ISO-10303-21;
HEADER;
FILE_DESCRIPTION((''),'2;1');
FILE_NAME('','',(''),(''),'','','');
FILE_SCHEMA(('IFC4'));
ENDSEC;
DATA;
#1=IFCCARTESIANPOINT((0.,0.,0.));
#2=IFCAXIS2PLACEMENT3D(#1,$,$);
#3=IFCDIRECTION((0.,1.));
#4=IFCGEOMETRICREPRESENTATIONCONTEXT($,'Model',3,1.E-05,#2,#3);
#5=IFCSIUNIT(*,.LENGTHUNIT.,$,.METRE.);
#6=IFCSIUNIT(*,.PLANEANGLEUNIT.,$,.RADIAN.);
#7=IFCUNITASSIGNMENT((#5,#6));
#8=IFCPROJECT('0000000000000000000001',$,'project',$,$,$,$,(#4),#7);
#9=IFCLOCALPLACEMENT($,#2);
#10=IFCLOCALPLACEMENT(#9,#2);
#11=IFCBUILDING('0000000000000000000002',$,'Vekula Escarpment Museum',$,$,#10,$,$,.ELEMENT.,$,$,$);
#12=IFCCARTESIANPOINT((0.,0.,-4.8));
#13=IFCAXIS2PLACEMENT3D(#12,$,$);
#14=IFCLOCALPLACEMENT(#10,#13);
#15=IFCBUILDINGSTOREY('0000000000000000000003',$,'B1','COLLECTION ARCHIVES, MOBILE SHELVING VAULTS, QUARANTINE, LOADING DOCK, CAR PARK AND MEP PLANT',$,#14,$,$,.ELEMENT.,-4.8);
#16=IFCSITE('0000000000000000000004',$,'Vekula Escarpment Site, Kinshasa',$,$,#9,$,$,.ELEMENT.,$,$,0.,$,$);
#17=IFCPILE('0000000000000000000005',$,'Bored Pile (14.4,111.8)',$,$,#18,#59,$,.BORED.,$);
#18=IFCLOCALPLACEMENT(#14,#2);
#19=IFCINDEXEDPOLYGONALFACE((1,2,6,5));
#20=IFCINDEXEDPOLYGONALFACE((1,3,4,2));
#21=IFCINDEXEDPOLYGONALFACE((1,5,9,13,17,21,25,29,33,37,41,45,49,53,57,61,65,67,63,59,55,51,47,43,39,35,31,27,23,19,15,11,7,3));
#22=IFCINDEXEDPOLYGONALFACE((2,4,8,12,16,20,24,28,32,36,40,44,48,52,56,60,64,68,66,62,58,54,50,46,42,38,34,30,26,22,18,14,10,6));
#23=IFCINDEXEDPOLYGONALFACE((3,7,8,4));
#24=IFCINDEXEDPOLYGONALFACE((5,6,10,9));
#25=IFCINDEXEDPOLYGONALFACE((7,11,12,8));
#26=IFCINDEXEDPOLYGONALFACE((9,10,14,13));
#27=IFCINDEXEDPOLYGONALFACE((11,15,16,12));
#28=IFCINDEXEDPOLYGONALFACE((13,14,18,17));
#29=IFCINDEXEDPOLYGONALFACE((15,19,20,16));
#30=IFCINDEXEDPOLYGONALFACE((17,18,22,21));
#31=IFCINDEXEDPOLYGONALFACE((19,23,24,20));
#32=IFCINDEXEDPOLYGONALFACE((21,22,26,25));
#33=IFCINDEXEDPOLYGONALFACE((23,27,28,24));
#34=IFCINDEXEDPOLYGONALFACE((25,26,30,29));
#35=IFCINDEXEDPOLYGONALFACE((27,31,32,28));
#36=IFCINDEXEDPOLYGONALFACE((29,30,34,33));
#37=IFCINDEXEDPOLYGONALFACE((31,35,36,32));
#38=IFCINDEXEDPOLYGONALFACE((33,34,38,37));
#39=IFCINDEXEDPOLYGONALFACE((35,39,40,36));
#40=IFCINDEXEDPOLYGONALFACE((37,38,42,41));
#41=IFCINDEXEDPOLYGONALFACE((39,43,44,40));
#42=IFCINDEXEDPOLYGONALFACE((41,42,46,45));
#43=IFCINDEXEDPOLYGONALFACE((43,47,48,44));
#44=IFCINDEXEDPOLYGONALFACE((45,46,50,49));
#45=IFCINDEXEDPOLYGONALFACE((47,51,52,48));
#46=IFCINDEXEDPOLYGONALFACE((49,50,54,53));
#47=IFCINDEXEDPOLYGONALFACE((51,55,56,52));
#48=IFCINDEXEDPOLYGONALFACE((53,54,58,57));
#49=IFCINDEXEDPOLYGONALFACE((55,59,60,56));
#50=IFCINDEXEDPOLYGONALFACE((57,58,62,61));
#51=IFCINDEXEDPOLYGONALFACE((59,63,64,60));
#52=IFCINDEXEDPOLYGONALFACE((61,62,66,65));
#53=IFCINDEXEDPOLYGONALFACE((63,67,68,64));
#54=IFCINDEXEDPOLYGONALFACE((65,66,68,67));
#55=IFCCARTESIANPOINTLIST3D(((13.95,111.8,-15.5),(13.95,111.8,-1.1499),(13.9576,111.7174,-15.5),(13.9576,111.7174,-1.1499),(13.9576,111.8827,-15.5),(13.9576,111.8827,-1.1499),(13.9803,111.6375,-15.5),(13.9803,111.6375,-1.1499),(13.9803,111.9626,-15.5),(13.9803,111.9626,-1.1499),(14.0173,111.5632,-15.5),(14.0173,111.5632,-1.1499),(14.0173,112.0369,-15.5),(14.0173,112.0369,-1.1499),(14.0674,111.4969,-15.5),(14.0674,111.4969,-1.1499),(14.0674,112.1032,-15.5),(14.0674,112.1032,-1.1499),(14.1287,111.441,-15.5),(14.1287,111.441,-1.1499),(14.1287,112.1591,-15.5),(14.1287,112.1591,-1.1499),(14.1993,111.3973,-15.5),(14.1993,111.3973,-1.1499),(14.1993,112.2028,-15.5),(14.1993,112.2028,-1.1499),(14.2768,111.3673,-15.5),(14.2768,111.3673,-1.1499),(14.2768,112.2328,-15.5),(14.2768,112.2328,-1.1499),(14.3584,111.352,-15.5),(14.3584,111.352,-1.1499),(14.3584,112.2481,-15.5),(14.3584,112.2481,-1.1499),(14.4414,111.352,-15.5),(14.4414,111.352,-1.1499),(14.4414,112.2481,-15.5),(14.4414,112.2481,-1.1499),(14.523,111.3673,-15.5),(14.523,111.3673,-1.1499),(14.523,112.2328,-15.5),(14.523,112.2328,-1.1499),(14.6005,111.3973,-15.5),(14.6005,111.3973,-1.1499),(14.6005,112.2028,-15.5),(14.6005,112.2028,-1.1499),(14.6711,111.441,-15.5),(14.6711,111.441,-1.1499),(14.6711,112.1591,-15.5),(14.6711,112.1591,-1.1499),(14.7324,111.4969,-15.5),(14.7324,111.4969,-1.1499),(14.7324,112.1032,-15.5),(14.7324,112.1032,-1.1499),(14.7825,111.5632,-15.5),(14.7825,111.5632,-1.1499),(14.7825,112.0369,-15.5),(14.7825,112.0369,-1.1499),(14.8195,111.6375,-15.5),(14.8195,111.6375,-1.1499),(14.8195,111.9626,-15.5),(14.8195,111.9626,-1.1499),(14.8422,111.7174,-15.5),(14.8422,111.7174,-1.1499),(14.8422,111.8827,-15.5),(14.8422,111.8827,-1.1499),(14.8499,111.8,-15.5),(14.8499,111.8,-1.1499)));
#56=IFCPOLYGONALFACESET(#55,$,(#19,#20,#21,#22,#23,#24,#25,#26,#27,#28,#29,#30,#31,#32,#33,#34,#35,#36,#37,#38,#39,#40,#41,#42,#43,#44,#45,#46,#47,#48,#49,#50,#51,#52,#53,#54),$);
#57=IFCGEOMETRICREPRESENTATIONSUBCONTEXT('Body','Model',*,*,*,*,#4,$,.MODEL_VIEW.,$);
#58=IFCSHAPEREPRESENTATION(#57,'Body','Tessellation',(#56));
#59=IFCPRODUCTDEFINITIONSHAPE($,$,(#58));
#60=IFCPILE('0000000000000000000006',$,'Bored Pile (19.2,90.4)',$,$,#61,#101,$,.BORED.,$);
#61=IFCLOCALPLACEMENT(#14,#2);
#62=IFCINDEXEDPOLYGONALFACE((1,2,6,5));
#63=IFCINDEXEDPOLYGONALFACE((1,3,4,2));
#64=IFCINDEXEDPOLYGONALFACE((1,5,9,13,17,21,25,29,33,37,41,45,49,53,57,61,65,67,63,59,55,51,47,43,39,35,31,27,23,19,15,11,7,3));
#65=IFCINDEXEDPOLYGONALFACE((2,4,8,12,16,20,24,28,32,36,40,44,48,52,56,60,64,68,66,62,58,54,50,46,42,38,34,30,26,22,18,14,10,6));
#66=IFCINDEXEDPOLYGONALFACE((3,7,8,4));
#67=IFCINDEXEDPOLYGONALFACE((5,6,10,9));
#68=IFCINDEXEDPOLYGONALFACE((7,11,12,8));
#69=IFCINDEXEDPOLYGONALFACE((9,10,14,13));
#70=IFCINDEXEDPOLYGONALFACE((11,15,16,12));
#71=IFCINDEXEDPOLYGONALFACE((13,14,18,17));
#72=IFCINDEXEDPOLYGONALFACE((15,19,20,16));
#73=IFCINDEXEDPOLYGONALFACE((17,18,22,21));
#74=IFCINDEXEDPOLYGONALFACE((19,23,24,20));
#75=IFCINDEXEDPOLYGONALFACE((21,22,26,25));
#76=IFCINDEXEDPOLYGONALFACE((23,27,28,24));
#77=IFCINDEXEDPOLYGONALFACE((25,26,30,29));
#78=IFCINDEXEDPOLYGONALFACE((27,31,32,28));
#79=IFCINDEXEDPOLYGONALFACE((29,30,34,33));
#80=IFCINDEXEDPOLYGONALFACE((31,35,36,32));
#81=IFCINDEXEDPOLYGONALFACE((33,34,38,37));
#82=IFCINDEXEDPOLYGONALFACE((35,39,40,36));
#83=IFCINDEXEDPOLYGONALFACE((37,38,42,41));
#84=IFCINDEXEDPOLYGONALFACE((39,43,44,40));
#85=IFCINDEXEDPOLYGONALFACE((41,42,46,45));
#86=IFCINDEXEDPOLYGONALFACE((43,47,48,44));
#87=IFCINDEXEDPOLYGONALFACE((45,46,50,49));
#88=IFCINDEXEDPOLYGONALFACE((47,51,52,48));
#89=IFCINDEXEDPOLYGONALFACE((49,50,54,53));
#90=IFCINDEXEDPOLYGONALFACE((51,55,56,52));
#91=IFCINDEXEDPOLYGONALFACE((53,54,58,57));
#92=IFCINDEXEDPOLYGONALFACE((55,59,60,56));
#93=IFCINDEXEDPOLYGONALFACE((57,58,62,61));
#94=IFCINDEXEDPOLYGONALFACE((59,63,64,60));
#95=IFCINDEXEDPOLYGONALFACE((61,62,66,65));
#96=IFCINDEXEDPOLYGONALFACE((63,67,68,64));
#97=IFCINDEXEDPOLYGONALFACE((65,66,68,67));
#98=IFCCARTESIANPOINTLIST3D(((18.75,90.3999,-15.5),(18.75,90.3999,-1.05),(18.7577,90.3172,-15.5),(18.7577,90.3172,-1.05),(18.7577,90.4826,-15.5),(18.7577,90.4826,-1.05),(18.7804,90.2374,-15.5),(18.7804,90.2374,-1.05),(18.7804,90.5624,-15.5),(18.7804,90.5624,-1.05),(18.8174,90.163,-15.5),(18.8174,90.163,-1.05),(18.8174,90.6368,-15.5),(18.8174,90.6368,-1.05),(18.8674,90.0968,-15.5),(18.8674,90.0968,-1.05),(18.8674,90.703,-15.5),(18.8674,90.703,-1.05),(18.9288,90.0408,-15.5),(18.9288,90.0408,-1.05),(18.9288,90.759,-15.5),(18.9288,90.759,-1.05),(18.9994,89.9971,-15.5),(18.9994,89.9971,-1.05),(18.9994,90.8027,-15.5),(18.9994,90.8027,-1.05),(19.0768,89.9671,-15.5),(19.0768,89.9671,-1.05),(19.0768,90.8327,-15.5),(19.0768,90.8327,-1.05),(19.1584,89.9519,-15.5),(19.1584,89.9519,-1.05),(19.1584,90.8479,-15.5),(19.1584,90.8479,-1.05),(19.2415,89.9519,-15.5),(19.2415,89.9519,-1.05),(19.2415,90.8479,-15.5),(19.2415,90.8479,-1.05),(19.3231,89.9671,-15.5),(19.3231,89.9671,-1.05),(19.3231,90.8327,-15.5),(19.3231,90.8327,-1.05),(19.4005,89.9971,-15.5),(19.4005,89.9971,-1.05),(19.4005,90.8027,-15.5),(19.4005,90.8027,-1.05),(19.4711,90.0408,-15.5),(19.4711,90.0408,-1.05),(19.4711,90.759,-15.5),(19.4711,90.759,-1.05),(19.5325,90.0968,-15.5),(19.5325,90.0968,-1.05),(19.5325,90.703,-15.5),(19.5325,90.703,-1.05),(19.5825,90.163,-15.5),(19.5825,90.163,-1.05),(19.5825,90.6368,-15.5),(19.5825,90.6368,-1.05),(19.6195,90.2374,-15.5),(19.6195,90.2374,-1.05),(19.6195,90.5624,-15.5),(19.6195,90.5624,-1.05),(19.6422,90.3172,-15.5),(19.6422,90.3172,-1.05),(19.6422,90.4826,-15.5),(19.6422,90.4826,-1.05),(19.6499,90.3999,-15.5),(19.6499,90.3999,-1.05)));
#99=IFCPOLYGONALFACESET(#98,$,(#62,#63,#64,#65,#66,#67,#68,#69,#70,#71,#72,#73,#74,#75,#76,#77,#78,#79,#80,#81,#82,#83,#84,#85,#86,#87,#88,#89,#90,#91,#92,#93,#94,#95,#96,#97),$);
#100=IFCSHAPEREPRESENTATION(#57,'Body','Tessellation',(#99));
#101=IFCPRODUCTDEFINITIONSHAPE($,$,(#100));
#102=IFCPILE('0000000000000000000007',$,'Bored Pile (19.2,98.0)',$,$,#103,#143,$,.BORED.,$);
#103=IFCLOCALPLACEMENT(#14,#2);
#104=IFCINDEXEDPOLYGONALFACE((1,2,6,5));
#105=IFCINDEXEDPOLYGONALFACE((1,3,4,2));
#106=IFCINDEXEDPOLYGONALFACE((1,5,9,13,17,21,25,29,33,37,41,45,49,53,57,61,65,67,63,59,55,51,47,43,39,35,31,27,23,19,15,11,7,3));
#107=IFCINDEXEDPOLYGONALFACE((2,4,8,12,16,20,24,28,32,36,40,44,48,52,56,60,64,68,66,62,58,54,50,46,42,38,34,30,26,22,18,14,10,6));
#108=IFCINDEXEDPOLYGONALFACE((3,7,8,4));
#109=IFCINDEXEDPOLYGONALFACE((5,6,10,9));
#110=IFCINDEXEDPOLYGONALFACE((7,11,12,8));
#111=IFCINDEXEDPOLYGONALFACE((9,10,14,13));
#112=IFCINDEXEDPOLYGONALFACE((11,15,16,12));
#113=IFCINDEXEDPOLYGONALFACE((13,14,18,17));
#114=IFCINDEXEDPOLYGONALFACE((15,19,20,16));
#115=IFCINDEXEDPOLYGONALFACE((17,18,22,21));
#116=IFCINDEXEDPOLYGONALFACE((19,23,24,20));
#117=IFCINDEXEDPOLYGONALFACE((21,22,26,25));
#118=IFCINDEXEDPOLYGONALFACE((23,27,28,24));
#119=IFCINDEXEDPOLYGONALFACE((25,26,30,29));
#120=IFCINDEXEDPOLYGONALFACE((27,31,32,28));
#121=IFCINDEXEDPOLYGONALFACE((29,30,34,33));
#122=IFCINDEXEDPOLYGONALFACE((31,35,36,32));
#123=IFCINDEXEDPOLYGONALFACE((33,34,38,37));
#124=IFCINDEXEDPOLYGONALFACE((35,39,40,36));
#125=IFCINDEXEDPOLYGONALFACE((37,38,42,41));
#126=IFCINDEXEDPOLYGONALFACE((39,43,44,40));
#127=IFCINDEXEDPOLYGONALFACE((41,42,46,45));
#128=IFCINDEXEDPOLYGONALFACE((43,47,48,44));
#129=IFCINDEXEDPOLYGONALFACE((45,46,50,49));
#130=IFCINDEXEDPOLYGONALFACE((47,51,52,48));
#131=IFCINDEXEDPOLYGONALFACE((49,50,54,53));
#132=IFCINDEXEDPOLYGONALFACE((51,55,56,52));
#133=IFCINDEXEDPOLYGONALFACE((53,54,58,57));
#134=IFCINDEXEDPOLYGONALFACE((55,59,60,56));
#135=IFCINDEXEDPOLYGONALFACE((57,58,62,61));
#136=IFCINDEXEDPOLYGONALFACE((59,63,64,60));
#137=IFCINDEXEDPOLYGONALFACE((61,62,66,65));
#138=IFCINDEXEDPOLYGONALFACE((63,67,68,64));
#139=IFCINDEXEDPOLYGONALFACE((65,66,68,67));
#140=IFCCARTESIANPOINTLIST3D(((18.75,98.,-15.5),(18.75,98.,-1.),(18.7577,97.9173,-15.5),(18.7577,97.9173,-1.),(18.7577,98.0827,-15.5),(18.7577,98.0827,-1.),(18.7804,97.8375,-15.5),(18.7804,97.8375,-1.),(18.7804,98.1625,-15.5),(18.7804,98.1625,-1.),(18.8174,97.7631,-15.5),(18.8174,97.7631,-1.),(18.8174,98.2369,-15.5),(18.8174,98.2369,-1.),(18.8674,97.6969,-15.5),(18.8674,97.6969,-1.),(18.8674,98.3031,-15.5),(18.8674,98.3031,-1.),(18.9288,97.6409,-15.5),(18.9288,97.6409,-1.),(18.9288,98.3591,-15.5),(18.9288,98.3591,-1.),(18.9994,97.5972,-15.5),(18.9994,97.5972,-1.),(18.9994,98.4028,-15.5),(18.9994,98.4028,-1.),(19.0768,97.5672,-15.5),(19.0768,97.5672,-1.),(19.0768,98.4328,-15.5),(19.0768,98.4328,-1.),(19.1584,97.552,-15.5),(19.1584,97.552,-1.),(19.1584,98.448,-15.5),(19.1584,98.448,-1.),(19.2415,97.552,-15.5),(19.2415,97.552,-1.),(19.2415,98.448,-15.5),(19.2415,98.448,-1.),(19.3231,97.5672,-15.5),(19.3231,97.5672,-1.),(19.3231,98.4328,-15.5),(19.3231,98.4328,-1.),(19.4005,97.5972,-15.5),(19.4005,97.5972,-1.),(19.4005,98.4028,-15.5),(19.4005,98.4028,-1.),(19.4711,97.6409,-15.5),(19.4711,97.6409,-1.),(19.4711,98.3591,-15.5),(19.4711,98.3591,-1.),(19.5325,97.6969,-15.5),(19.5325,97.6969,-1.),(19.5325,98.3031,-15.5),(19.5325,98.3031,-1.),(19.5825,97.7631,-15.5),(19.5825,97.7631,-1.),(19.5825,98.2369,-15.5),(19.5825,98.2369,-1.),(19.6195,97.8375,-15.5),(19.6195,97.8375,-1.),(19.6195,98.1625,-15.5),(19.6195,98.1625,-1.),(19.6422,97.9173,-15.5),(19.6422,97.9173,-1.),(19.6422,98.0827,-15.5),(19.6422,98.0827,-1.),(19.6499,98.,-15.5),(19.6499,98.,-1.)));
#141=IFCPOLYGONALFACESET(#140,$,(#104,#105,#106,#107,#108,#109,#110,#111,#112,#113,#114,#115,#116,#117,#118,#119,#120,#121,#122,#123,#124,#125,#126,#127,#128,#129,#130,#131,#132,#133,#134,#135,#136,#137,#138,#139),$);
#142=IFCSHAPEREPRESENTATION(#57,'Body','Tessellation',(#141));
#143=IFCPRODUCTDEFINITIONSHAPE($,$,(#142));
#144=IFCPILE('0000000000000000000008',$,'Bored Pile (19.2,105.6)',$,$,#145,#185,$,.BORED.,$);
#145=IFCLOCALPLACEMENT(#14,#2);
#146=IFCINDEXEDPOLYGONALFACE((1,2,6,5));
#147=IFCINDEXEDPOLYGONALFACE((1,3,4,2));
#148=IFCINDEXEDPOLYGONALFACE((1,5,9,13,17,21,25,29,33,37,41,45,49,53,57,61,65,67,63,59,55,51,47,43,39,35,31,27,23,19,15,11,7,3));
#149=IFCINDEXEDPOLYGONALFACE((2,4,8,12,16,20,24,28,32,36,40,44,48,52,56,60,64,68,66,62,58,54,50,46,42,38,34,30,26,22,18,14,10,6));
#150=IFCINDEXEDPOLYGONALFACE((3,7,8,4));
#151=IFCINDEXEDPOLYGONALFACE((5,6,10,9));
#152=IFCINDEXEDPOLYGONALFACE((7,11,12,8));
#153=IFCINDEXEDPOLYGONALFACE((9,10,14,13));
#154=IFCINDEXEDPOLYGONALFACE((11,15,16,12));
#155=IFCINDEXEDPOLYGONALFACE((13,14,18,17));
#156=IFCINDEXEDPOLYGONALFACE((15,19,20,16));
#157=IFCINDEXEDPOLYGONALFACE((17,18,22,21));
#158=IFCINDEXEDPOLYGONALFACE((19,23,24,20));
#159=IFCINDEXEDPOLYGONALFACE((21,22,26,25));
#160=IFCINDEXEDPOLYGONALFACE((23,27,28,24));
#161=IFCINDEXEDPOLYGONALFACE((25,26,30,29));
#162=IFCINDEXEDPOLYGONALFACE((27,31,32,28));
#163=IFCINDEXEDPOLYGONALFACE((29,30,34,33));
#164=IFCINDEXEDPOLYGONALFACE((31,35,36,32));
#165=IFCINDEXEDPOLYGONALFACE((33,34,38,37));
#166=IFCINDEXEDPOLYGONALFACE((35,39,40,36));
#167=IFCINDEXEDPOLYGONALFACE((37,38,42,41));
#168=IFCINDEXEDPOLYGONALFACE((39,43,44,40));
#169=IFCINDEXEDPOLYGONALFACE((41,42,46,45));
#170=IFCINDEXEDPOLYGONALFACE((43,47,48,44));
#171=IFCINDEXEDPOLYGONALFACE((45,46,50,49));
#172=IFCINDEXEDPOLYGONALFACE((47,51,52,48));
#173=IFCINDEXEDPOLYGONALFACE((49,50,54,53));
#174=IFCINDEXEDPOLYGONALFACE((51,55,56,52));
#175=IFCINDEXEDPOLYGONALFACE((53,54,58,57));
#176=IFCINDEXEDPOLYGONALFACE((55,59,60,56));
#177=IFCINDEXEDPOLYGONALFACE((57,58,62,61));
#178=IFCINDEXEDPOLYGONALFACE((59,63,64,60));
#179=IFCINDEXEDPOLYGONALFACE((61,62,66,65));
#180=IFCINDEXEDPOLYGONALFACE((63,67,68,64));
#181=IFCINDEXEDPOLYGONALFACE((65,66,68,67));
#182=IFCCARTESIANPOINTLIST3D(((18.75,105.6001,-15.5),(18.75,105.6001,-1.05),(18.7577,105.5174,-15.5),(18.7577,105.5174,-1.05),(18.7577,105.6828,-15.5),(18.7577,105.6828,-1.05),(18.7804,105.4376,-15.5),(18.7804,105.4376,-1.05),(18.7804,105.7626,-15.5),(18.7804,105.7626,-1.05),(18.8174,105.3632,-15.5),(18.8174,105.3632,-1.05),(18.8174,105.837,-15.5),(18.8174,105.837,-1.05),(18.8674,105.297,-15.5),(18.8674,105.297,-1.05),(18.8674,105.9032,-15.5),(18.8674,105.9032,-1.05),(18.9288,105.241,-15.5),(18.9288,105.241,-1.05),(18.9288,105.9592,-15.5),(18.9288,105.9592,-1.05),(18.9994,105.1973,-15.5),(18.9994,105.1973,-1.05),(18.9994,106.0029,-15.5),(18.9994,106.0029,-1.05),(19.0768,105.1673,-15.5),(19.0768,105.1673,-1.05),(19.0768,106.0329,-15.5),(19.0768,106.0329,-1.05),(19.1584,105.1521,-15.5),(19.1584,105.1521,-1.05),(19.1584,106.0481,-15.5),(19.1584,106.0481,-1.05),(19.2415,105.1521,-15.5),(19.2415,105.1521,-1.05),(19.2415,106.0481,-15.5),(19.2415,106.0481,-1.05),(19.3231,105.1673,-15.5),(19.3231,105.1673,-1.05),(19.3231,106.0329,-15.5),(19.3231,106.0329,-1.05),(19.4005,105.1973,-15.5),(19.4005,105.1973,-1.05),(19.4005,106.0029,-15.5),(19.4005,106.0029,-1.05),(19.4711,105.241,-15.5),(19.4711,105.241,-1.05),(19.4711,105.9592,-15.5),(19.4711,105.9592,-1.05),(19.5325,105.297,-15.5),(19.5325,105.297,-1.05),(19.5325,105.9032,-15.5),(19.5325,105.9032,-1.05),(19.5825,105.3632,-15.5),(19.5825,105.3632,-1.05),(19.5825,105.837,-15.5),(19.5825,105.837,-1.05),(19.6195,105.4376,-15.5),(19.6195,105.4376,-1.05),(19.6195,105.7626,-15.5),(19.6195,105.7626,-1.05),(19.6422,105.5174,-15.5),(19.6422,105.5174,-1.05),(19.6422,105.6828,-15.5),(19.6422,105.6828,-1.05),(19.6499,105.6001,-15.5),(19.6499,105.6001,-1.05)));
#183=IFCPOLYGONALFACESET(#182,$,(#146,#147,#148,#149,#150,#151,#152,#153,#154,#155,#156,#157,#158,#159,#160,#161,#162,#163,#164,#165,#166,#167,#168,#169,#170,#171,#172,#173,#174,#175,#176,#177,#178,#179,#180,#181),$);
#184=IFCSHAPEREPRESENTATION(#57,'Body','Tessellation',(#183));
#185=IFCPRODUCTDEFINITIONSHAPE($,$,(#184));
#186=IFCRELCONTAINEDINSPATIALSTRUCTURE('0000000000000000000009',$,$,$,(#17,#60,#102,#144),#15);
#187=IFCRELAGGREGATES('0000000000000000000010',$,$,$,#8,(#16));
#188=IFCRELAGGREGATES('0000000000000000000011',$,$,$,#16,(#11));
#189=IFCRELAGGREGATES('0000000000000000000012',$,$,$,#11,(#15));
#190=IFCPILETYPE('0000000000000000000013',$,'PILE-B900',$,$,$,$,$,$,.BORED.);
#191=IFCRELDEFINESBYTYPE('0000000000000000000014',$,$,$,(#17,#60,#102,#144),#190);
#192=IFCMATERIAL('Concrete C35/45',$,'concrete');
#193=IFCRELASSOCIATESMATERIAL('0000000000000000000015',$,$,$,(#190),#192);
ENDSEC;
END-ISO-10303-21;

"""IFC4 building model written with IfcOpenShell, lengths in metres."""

from ifc_helpers import new_model, si_unit, direction, frame, origin, origin_2d, place, context, subcontext, project, spatial, circle, extrude, material, material_profile, profile_set, type_object, element, save


model = new_model("IFC4")

# Units and contexts
model_context = context("Model", 3, precision=1e-05, world=origin(), true_north=direction((0.0, 1.0)))
body_context = subcontext(model_context, "Body", "Model", "MODEL_VIEW")
ifc_project = project(units=[si_unit("LENGTHUNIT", "METRE"), si_unit("PLANEANGLEUNIT", "RADIAN")], contexts=[model_context])

# Site, building, storey
site_placement = place(None, origin())
site = spatial("IfcSite", under=ifc_project, at=site_placement, Name="Vekula Escarpment Site, Kinshasa", CompositionType="ELEMENT", RefElevation=0.0)
building_placement = place(site_placement, origin())
building = spatial("IfcBuilding", under=site, at=building_placement, Name="Vekula Escarpment Museum", CompositionType="ELEMENT")
storey_placement = place(building_placement, frame((0.0, 0.0, -4.8)))
storey = spatial("IfcBuildingStorey", under=building, at=storey_placement, Name="B1", Description="COLLECTION ARCHIVES, MOBILE SHELVING VAULTS, QUARANTINE, LOADING DOCK, CAR PARK AND MEP PLANT", CompositionType="ELEMENT", Elevation=-4.8)

# Piles
ifc_material_1 = material(Name="Concrete C35/45", Category="concrete")
ifc_material_profile_1 = material_profile(ifc_material_1, circle(Radius=0.45, at=origin_2d()), Name="BORED PILE 900")
ifc_profile_set_1 = profile_set([ifc_material_profile_1], Name="Concrete C35/45")
pile_type = type_object("IfcPileType", Name="PILE-B900", PredefinedType="BORED", material=ifc_profile_set_1)
pile_1_placement = place(storey_placement, frame((14.3999, 111.8, -1.1499), z_axis=(0.0, 0.0, -1.0), x_axis=(1.0, 0.0, 0.0)))
element("IfcPile", 1, at=pile_1_placement, inside=storey, type_object=pile_type, Name="Bored Pile (14.4,111.8)", PredefinedType="BORED", context=body_context, shape_type="SweptSolid", body=[
    extrude(circle(Radius=0.45, at=origin_2d()), origin(), (0.0, 0.0, 1.0), 14.3501),
])
pile_2_placement = place(storey_placement, frame((19.2, 90.3999, -1.05), z_axis=(0.0, 0.0, -1.0), x_axis=(1.0, 0.0, 0.0)))
element("IfcPile", 2, at=pile_2_placement, inside=storey, type_object=pile_type, Name="Bored Pile (19.2,90.4)", PredefinedType="BORED", context=body_context, shape_type="SweptSolid", body=[
    extrude(circle(Radius=0.45, at=origin_2d()), origin(), (0.0, 0.0, 1.0), 14.45),
])
pile_3_placement = place(storey_placement, frame((19.2, 98.0, -1.0), z_axis=(0.0, 0.0, -1.0), x_axis=(1.0, 0.0, 0.0)))
element("IfcPile", 3, at=pile_3_placement, inside=storey, type_object=pile_type, Name="Bored Pile (19.2,98.0)", PredefinedType="BORED", context=body_context, shape_type="SweptSolid", body=[
    extrude(circle(Radius=0.45, at=origin_2d()), origin(), (0.0, 0.0, 1.0), 14.5),
])
pile_4_placement = place(storey_placement, frame((19.2, 105.6001, -1.05), z_axis=(0.0, 0.0, -1.0), x_axis=(1.0, 0.0, 0.0)))
element("IfcPile", 4, at=pile_4_placement, inside=storey, type_object=pile_type, Name="Bored Pile (19.2,105.6)", PredefinedType="BORED", context=body_context, shape_type="SweptSolid", body=[
    extrude(circle(Radius=0.45, at=origin_2d()), origin(), (0.0, 0.0, 1.0), 14.45),
])

save(model, "model.ifc")
